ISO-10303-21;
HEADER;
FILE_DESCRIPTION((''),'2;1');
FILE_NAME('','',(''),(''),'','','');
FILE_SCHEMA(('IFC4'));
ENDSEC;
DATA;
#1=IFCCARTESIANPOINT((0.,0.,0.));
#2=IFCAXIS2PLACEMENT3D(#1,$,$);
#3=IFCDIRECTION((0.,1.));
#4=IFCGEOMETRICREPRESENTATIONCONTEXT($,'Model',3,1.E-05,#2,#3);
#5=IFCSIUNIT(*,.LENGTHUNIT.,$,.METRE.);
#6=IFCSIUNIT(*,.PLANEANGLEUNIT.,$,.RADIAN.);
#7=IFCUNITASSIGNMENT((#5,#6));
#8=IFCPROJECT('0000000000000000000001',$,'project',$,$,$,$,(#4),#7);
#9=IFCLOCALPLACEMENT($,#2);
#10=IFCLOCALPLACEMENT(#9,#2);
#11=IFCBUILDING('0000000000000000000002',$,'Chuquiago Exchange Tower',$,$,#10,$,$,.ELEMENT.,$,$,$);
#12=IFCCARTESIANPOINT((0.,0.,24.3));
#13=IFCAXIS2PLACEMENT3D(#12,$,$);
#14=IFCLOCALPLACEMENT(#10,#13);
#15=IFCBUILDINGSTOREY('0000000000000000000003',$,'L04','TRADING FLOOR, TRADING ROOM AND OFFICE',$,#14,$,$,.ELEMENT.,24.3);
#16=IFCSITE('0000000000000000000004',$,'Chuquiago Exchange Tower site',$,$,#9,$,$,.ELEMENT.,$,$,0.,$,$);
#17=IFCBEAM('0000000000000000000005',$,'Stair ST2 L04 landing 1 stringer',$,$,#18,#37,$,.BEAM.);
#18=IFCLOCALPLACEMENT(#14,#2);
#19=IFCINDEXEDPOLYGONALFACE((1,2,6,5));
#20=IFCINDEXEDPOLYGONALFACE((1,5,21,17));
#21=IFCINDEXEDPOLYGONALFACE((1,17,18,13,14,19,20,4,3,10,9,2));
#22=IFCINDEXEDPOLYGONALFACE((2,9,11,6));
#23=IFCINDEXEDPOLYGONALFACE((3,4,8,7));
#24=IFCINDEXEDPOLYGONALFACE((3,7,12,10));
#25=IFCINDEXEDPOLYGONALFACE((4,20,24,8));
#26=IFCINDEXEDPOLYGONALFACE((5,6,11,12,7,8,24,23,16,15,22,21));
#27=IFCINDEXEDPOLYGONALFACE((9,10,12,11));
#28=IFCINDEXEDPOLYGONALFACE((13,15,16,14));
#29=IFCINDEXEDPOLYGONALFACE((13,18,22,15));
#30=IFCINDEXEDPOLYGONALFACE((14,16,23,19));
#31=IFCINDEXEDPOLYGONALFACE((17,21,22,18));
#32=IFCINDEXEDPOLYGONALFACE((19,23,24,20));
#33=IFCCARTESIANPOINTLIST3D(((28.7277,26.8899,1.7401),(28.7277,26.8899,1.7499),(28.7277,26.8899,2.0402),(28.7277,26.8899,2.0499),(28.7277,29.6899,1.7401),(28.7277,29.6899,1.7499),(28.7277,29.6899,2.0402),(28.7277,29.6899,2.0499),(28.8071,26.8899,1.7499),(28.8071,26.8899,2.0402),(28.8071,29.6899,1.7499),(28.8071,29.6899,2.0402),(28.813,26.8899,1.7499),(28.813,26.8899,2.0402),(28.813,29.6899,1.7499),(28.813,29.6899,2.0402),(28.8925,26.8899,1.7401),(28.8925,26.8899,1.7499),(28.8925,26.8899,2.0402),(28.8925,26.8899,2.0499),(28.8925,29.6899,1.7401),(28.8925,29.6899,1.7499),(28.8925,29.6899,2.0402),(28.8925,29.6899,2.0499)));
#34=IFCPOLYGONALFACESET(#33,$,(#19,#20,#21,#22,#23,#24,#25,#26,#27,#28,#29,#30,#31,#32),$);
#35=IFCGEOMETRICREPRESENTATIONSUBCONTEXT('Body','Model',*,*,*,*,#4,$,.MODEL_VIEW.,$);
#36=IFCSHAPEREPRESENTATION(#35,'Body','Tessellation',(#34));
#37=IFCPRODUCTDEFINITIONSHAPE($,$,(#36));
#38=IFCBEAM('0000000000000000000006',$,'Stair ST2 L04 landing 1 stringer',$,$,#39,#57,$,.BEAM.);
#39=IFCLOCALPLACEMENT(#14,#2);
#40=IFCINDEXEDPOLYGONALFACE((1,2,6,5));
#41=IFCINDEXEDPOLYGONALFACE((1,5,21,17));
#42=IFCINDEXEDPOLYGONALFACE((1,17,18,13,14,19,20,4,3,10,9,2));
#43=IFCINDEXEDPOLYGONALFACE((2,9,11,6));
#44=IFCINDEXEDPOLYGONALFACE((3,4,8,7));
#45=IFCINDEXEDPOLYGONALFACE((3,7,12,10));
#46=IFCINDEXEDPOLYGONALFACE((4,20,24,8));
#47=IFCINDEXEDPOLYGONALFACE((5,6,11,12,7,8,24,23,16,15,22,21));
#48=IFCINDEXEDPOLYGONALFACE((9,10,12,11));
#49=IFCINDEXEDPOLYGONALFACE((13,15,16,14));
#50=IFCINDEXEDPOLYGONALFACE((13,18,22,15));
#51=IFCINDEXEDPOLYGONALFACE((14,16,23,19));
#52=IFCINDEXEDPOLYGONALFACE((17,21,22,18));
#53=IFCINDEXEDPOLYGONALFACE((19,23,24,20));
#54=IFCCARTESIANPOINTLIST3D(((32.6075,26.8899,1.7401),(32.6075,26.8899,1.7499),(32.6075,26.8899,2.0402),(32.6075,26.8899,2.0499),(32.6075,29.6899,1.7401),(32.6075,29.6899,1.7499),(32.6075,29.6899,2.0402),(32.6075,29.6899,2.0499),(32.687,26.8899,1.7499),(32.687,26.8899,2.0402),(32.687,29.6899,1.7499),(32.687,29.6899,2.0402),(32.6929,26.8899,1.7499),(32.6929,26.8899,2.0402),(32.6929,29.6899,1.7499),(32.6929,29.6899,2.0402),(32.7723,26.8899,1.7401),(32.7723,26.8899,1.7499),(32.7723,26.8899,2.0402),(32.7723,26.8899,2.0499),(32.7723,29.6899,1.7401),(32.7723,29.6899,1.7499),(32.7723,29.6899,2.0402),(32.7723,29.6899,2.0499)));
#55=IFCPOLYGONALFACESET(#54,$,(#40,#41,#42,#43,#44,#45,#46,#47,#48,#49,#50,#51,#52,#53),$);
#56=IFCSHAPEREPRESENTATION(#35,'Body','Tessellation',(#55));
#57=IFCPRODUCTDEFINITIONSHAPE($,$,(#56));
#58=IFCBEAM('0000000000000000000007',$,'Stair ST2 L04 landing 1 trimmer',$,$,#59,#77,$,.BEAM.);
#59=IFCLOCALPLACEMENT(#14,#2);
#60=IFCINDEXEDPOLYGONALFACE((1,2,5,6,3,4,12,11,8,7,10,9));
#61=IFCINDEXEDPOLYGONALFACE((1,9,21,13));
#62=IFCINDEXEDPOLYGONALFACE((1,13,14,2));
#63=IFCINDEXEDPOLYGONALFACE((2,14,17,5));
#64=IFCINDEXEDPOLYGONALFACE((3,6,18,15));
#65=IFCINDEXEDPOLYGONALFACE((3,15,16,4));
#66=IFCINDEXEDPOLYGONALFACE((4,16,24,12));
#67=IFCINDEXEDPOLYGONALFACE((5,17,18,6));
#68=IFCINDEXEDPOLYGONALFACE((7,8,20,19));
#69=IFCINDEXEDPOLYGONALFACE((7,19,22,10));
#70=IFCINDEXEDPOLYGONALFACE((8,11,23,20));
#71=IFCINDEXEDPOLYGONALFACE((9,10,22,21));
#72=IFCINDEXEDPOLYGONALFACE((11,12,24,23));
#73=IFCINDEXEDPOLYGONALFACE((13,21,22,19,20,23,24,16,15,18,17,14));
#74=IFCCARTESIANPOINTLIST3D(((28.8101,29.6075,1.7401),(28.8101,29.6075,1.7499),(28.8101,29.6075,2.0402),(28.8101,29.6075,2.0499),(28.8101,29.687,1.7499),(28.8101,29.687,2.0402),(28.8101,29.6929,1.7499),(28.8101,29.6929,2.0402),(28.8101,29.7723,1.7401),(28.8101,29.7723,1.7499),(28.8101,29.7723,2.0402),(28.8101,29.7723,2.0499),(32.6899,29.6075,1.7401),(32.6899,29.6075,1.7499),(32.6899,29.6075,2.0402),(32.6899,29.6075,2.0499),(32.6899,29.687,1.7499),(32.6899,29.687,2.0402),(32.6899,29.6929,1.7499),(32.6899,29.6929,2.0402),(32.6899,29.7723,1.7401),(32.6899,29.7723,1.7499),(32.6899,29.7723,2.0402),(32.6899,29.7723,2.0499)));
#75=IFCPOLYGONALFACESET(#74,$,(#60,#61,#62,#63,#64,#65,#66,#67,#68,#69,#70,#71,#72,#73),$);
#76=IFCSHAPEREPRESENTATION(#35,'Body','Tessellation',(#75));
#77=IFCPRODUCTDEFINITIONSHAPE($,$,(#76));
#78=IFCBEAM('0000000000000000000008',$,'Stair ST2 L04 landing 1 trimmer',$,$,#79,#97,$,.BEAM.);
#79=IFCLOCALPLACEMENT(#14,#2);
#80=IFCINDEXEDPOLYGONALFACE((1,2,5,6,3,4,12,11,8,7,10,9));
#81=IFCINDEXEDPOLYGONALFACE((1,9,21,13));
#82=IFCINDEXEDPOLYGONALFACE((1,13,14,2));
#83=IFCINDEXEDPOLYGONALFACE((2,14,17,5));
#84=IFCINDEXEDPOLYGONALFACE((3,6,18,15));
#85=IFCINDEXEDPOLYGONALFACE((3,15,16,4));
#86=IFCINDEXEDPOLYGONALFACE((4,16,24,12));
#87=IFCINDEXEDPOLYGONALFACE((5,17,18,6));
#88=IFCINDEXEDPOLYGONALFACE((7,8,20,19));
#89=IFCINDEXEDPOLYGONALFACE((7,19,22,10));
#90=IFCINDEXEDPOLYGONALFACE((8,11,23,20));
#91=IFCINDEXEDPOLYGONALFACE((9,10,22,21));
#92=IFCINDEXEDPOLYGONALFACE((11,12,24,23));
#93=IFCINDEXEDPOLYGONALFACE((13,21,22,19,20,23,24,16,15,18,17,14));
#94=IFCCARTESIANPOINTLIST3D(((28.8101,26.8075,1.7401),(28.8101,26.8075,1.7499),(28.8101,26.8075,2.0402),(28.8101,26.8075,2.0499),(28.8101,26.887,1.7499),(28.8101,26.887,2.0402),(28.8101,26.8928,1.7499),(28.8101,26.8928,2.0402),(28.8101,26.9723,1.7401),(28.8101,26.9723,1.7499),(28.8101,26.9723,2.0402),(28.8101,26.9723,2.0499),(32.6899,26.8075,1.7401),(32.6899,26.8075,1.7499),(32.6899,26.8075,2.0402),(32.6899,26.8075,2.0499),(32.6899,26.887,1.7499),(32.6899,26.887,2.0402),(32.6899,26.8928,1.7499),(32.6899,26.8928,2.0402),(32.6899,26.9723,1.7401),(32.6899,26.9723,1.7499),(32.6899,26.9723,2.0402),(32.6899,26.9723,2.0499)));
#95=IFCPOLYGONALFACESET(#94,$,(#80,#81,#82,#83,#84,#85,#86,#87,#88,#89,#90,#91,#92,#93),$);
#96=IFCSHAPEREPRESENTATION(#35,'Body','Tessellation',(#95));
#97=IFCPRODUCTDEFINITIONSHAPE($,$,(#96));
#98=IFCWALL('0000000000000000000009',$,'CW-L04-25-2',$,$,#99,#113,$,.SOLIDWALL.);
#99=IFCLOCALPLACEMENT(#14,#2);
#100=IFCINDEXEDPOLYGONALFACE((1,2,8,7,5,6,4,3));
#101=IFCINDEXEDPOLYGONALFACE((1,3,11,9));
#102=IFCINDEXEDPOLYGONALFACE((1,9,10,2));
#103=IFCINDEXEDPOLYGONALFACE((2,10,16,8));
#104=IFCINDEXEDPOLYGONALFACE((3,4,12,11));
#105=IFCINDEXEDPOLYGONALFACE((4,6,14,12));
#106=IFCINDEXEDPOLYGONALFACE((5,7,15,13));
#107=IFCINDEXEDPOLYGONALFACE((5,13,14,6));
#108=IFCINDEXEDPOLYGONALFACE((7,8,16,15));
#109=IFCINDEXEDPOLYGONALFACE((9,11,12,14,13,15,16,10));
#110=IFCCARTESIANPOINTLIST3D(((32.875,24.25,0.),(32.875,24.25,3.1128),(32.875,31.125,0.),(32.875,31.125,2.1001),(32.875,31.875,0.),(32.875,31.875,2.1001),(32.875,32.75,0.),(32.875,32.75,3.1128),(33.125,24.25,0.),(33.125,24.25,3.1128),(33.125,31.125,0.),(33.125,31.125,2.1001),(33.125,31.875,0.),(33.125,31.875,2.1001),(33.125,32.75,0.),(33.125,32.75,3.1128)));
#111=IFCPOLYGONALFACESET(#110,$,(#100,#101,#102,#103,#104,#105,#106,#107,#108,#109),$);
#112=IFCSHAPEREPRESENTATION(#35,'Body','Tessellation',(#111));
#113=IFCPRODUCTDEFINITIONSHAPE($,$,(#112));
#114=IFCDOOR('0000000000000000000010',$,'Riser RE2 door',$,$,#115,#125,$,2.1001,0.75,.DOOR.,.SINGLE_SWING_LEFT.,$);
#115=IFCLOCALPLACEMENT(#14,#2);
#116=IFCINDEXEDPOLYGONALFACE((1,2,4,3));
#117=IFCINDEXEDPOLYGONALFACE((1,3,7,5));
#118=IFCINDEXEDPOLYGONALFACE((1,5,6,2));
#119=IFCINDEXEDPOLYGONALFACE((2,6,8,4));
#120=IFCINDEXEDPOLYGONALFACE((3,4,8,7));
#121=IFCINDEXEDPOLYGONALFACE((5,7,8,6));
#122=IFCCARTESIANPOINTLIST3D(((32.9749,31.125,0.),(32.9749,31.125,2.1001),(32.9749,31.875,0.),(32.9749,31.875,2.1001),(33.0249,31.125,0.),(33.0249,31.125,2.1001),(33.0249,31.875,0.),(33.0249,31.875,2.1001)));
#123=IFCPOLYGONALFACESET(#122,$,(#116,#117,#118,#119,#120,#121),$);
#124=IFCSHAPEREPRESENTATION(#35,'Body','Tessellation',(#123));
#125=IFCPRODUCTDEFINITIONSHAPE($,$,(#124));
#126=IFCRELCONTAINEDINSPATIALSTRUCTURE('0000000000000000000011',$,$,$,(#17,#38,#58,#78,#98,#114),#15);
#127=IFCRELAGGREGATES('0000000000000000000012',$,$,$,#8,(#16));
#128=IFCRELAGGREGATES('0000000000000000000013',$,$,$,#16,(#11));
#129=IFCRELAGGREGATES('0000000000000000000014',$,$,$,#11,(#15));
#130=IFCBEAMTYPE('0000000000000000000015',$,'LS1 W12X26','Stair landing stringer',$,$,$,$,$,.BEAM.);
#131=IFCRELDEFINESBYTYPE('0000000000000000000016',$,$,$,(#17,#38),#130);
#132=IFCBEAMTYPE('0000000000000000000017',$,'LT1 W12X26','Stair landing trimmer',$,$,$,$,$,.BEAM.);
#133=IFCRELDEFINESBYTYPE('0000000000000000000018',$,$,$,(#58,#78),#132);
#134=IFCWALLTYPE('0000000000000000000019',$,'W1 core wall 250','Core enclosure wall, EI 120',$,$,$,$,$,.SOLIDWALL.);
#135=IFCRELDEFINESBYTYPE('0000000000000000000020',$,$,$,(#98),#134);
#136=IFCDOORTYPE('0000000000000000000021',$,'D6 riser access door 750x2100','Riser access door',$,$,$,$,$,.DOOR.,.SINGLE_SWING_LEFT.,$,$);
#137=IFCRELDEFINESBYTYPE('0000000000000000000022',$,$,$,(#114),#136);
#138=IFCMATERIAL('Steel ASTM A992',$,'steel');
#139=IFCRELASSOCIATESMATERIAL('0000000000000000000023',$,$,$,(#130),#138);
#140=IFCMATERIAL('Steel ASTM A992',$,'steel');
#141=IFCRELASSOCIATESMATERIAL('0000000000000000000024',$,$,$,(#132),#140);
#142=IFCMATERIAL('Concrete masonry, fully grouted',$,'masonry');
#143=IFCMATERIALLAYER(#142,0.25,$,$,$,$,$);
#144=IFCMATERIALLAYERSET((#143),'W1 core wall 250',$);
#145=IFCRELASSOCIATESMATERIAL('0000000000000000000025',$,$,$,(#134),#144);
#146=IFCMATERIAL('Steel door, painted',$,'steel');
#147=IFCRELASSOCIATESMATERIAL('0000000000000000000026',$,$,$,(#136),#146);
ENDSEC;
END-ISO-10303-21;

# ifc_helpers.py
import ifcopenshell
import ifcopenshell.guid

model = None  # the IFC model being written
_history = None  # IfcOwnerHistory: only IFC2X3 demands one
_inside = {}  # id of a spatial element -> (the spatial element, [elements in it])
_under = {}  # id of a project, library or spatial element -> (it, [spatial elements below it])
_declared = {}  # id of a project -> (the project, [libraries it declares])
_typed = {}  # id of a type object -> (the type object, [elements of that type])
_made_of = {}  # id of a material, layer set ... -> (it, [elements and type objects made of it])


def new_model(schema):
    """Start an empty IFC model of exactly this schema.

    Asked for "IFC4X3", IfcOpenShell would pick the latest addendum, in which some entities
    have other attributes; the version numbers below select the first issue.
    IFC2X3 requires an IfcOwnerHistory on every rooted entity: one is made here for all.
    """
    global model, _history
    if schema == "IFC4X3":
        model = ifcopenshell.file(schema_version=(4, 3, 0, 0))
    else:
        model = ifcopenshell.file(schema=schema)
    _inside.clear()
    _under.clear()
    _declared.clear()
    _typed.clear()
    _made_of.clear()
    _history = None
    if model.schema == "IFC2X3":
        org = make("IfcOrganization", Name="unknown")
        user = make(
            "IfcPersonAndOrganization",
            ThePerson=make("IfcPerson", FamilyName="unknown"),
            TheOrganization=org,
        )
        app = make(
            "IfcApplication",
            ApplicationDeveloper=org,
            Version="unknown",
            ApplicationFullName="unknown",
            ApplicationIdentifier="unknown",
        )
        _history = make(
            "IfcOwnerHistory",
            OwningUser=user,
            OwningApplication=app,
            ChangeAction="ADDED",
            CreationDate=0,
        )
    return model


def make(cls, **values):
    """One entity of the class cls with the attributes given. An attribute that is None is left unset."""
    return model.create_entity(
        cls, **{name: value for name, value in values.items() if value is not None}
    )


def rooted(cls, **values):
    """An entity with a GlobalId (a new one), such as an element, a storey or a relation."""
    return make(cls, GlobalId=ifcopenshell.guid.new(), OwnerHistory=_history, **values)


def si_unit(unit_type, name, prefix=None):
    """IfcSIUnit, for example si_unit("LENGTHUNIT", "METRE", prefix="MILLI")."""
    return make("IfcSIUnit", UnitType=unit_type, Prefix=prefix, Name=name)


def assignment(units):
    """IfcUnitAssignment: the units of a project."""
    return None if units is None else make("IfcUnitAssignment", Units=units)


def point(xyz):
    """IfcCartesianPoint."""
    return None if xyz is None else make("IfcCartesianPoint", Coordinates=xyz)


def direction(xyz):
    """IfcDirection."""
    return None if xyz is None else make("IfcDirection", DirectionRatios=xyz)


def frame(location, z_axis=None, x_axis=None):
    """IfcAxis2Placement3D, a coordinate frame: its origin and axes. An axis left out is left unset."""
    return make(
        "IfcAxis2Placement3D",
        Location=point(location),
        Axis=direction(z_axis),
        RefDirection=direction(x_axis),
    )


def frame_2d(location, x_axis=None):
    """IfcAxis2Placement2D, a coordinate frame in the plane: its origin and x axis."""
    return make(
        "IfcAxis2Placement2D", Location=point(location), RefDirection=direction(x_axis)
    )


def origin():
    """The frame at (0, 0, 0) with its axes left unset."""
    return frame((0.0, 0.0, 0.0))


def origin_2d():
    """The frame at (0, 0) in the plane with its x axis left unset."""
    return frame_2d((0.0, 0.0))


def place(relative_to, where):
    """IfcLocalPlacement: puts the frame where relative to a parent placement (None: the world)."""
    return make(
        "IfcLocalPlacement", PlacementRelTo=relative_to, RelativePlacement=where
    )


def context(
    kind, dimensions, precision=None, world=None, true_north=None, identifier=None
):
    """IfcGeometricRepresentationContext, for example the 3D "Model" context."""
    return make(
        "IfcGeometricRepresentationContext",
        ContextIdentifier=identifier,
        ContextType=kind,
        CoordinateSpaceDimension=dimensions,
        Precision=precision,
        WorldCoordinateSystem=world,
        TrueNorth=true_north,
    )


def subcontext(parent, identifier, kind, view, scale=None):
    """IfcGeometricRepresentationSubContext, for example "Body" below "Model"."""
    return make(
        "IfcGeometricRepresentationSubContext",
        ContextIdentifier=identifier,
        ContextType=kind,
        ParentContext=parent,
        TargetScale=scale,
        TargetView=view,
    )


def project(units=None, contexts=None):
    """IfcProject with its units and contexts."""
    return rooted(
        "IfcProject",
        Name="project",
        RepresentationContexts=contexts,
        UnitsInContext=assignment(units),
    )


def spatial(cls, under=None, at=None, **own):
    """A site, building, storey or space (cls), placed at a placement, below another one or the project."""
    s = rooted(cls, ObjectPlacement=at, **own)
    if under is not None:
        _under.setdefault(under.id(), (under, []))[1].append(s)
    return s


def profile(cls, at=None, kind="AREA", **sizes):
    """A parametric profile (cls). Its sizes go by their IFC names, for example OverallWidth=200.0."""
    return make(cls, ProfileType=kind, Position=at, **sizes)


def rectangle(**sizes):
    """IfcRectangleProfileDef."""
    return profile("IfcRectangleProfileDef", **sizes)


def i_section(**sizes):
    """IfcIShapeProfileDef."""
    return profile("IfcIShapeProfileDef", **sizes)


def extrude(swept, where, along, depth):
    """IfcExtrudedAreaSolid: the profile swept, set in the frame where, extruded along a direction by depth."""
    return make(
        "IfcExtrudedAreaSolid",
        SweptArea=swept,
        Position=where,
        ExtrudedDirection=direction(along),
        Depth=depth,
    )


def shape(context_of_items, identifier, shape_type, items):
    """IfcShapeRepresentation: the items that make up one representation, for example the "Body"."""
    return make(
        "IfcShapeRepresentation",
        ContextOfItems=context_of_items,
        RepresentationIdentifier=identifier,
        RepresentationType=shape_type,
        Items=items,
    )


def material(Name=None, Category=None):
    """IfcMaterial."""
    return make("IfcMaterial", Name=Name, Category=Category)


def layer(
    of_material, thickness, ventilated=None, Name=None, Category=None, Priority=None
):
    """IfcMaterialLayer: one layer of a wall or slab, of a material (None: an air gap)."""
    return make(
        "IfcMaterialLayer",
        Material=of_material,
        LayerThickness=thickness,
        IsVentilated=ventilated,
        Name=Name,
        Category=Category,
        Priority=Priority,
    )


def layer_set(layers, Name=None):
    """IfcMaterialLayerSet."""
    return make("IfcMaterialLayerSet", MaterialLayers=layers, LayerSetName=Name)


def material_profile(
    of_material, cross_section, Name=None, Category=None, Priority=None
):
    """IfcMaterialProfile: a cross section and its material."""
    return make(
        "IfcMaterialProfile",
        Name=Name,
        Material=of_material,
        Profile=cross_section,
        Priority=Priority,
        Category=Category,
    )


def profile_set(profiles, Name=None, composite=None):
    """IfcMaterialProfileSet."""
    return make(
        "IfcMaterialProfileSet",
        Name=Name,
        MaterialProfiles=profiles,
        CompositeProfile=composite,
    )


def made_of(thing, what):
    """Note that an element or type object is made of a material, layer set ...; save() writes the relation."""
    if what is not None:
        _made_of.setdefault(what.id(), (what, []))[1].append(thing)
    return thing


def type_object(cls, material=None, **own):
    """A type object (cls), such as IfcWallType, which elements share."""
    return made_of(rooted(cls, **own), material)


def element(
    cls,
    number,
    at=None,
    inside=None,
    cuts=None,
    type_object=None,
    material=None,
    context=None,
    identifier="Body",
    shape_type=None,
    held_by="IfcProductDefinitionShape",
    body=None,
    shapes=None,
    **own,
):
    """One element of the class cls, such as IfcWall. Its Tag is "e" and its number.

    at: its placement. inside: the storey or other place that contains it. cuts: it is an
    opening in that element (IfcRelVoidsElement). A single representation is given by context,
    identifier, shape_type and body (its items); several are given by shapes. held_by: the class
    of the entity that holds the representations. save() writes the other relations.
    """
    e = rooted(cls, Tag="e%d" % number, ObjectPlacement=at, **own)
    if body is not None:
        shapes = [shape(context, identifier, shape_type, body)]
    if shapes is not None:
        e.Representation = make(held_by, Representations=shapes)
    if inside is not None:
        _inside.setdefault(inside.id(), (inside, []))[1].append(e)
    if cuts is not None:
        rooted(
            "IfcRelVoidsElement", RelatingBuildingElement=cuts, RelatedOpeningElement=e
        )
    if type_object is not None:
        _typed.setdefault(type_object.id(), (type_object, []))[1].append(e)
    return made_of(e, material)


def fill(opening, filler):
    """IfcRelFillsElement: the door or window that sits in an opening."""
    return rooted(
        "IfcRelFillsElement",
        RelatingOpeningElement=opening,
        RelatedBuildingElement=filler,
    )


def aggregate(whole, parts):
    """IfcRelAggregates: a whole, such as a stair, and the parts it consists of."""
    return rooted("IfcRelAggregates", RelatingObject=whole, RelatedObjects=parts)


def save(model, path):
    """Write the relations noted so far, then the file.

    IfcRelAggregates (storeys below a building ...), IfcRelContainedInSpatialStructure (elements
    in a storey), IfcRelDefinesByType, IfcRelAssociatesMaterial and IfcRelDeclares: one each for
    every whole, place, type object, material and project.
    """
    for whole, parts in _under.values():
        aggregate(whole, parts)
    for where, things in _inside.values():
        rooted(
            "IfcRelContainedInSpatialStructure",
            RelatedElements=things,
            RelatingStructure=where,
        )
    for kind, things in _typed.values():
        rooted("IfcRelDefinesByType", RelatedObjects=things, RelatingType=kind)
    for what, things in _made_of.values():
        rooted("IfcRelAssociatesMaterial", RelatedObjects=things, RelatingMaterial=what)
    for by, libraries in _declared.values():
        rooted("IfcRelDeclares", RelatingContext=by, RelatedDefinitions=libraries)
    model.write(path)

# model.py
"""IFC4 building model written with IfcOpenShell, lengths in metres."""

from ifc_helpers import new_model, si_unit, direction, frame, frame_2d, origin, origin_2d, place, context, subcontext, project, spatial, rectangle, i_section, extrude, material, layer, layer_set, material_profile, profile_set, type_object, element, fill, save


model = new_model("IFC4")

# Units and contexts
model_context = context("Model", 3, precision=1e-05, world=origin(), true_north=direction((0.0, 1.0)))
body_context = subcontext(model_context, "Body", "Model", "MODEL_VIEW")
ifc_project = project(units=[si_unit("LENGTHUNIT", "METRE"), si_unit("PLANEANGLEUNIT", "RADIAN")], contexts=[model_context])

# Site, building, storey
site_placement = place(None, origin())
site = spatial("IfcSite", under=ifc_project, at=site_placement, Name="Chuquiago Exchange Tower site", CompositionType="ELEMENT", RefElevation=0.0)
building_placement = place(site_placement, origin())
building = spatial("IfcBuilding", under=site, at=building_placement, Name="Chuquiago Exchange Tower", CompositionType="ELEMENT")
storey_placement = place(building_placement, frame((0.0, 0.0, 24.3)))
storey = spatial("IfcBuildingStorey", under=building, at=storey_placement, Name="L04", Description="TRADING FLOOR, TRADING ROOM AND OFFICE", CompositionType="ELEMENT", Elevation=24.3)

# Beams
ifc_material_1 = material(Name="Steel ASTM A992", Category="steel")
ifc_material_profile_1 = material_profile(ifc_material_1, i_section(OverallWidth=0.1648, OverallDepth=0.3098, WebThickness=0.0059, FlangeThickness=0.0098, at=origin_2d()), Name="W12X26")
ifc_profile_set_1 = profile_set([ifc_material_profile_1], Name="Steel ASTM A992")
beam_type_1 = type_object("IfcBeamType", Name="LS1 W12X26", Description="Stair landing stringer", PredefinedType="BEAM", material=ifc_profile_set_1)
for number, where, z_axis, x_axis, name in (
    (1, (28.8101, 26.8899, 1.895), (0.0, 1.0, 0.0), (-1.0, 0.0, 0.0), "Stair ST2 L04 landing 1 stringer"),
    (2, (32.6899, 26.8899, 1.895), (0.0, 1.0, 0.0), (-1.0, 0.0, 0.0), "Stair ST2 L04 landing 1 stringer"),
):
    element("IfcBeam", number, at=place(storey_placement, frame(where, z_axis=z_axis, x_axis=x_axis)), inside=storey, type_object=beam_type_1, Name=name, PredefinedType="BEAM", context=body_context, shape_type="SweptSolid", body=[
        extrude(i_section(OverallWidth=0.1648, OverallDepth=0.3098, WebThickness=0.0059, FlangeThickness=0.0098, at=origin_2d()), origin(), (0.0, 0.0, 1.0), 2.8),
    ])
ifc_material_2 = material(Name="Steel ASTM A992", Category="steel")
ifc_material_profile_2 = material_profile(ifc_material_2, i_section(OverallWidth=0.1648, OverallDepth=0.3098, WebThickness=0.0059, FlangeThickness=0.0098, at=origin_2d()), Name="W12X26")
ifc_profile_set_2 = profile_set([ifc_material_profile_2], Name="Steel ASTM A992")
beam_type_2 = type_object("IfcBeamType", Name="LT1 W12X26", Description="Stair landing trimmer", PredefinedType="BEAM", material=ifc_profile_set_2)
for number, where, z_axis, x_axis, name in (
    (3, (28.8101, 29.6899, 1.895), (1.0, 0.0, 0.0), (0.0, 1.0, 0.0), "Stair ST2 L04 landing 1 trimmer"),
    (4, (28.8101, 26.8899, 1.895), (1.0, 0.0, 0.0), (0.0, 1.0, 0.0), "Stair ST2 L04 landing 1 trimmer"),
):
    element("IfcBeam", number, at=place(storey_placement, frame(where, z_axis=z_axis, x_axis=x_axis)), inside=storey, type_object=beam_type_2, Name=name, PredefinedType="BEAM", context=body_context, shape_type="SweptSolid", body=[
        extrude(i_section(OverallWidth=0.1648, OverallDepth=0.3098, WebThickness=0.0059, FlangeThickness=0.0098, at=origin_2d()), origin(), (0.0, 0.0, 1.0), 3.8799),
    ])

# Wall, opening, door
ifc_material_3 = material(Name="Concrete masonry, fully grouted", Category="masonry")
ifc_layer = layer(ifc_material_3, 0.25)
ifc_layer_set = layer_set([ifc_layer], Name="W1 core wall 250")
wall_type = type_object("IfcWallType", Name="W1 core wall 250", Description="Core enclosure wall, EI 120", PredefinedType="SOLIDWALL", material=ifc_layer_set)
wall_placement = place(storey_placement, frame((33.0, 24.25, 0.0), z_axis=(0.0, 0.0, 1.0), x_axis=(0.0, 1.0, 0.0)))
wall = element("IfcWall", 5, at=wall_placement, inside=storey, type_object=wall_type, Name="CW-L04-25-2", PredefinedType="SOLIDWALL", context=body_context, shape_type="SweptSolid", body=[
    extrude(rectangle(XDim=8.5, YDim=0.25, at=frame_2d((4.25, 0.0))), origin(), (0.0, 0.0, 1.0), 3.1128),
])
opening_placement = place(wall_placement, frame((6.875, 0.0, 0.0)))
opening = element("IfcOpeningElement", 6, at=opening_placement, cuts=wall, PredefinedType="OPENING", context=body_context, shape_type="SweptSolid", body=[
    extrude(rectangle(XDim=0.75, YDim=2.1001, at=frame_2d((0.375, 1.05))), frame((0.0, 0.135, 0.0), z_axis=(0.0, -1.0, 0.0), x_axis=(1.0, 0.0, 0.0)), (0.0, 0.0, 1.0), 0.27),
])
ifc_material_4 = material(Name="Steel door, painted", Category="steel")
door_type = type_object("IfcDoorType", Name="D6 riser access door 750x2100", Description="Riser access door", OperationType="SINGLE_SWING_LEFT", PredefinedType="DOOR", material=ifc_material_4)
door_placement = place(opening_placement, frame((0.75, 0.0, 0.0), z_axis=(0.0, 0.0, 1.0), x_axis=(-1.0, 0.0, 0.0)))
door = element("IfcDoor", 7, at=door_placement, inside=storey, type_object=door_type, Name="Riser RE2 door", OperationType="SINGLE_SWING_LEFT", OverallHeight=2.1001, OverallWidth=0.75, PredefinedType="DOOR", context=body_context, shape_type="SweptSolid", body=[
    extrude(rectangle(XDim=0.75, YDim=2.1001, at=frame_2d((0.375, 1.05))), frame((0.0, 0.0249, 0.0), z_axis=(0.0, -1.0, 0.0), x_axis=(1.0, 0.0, 0.0)), (0.0, 0.0, 1.0), 0.05),
])
fill(opening, door)

save(model, "model.ifc")
